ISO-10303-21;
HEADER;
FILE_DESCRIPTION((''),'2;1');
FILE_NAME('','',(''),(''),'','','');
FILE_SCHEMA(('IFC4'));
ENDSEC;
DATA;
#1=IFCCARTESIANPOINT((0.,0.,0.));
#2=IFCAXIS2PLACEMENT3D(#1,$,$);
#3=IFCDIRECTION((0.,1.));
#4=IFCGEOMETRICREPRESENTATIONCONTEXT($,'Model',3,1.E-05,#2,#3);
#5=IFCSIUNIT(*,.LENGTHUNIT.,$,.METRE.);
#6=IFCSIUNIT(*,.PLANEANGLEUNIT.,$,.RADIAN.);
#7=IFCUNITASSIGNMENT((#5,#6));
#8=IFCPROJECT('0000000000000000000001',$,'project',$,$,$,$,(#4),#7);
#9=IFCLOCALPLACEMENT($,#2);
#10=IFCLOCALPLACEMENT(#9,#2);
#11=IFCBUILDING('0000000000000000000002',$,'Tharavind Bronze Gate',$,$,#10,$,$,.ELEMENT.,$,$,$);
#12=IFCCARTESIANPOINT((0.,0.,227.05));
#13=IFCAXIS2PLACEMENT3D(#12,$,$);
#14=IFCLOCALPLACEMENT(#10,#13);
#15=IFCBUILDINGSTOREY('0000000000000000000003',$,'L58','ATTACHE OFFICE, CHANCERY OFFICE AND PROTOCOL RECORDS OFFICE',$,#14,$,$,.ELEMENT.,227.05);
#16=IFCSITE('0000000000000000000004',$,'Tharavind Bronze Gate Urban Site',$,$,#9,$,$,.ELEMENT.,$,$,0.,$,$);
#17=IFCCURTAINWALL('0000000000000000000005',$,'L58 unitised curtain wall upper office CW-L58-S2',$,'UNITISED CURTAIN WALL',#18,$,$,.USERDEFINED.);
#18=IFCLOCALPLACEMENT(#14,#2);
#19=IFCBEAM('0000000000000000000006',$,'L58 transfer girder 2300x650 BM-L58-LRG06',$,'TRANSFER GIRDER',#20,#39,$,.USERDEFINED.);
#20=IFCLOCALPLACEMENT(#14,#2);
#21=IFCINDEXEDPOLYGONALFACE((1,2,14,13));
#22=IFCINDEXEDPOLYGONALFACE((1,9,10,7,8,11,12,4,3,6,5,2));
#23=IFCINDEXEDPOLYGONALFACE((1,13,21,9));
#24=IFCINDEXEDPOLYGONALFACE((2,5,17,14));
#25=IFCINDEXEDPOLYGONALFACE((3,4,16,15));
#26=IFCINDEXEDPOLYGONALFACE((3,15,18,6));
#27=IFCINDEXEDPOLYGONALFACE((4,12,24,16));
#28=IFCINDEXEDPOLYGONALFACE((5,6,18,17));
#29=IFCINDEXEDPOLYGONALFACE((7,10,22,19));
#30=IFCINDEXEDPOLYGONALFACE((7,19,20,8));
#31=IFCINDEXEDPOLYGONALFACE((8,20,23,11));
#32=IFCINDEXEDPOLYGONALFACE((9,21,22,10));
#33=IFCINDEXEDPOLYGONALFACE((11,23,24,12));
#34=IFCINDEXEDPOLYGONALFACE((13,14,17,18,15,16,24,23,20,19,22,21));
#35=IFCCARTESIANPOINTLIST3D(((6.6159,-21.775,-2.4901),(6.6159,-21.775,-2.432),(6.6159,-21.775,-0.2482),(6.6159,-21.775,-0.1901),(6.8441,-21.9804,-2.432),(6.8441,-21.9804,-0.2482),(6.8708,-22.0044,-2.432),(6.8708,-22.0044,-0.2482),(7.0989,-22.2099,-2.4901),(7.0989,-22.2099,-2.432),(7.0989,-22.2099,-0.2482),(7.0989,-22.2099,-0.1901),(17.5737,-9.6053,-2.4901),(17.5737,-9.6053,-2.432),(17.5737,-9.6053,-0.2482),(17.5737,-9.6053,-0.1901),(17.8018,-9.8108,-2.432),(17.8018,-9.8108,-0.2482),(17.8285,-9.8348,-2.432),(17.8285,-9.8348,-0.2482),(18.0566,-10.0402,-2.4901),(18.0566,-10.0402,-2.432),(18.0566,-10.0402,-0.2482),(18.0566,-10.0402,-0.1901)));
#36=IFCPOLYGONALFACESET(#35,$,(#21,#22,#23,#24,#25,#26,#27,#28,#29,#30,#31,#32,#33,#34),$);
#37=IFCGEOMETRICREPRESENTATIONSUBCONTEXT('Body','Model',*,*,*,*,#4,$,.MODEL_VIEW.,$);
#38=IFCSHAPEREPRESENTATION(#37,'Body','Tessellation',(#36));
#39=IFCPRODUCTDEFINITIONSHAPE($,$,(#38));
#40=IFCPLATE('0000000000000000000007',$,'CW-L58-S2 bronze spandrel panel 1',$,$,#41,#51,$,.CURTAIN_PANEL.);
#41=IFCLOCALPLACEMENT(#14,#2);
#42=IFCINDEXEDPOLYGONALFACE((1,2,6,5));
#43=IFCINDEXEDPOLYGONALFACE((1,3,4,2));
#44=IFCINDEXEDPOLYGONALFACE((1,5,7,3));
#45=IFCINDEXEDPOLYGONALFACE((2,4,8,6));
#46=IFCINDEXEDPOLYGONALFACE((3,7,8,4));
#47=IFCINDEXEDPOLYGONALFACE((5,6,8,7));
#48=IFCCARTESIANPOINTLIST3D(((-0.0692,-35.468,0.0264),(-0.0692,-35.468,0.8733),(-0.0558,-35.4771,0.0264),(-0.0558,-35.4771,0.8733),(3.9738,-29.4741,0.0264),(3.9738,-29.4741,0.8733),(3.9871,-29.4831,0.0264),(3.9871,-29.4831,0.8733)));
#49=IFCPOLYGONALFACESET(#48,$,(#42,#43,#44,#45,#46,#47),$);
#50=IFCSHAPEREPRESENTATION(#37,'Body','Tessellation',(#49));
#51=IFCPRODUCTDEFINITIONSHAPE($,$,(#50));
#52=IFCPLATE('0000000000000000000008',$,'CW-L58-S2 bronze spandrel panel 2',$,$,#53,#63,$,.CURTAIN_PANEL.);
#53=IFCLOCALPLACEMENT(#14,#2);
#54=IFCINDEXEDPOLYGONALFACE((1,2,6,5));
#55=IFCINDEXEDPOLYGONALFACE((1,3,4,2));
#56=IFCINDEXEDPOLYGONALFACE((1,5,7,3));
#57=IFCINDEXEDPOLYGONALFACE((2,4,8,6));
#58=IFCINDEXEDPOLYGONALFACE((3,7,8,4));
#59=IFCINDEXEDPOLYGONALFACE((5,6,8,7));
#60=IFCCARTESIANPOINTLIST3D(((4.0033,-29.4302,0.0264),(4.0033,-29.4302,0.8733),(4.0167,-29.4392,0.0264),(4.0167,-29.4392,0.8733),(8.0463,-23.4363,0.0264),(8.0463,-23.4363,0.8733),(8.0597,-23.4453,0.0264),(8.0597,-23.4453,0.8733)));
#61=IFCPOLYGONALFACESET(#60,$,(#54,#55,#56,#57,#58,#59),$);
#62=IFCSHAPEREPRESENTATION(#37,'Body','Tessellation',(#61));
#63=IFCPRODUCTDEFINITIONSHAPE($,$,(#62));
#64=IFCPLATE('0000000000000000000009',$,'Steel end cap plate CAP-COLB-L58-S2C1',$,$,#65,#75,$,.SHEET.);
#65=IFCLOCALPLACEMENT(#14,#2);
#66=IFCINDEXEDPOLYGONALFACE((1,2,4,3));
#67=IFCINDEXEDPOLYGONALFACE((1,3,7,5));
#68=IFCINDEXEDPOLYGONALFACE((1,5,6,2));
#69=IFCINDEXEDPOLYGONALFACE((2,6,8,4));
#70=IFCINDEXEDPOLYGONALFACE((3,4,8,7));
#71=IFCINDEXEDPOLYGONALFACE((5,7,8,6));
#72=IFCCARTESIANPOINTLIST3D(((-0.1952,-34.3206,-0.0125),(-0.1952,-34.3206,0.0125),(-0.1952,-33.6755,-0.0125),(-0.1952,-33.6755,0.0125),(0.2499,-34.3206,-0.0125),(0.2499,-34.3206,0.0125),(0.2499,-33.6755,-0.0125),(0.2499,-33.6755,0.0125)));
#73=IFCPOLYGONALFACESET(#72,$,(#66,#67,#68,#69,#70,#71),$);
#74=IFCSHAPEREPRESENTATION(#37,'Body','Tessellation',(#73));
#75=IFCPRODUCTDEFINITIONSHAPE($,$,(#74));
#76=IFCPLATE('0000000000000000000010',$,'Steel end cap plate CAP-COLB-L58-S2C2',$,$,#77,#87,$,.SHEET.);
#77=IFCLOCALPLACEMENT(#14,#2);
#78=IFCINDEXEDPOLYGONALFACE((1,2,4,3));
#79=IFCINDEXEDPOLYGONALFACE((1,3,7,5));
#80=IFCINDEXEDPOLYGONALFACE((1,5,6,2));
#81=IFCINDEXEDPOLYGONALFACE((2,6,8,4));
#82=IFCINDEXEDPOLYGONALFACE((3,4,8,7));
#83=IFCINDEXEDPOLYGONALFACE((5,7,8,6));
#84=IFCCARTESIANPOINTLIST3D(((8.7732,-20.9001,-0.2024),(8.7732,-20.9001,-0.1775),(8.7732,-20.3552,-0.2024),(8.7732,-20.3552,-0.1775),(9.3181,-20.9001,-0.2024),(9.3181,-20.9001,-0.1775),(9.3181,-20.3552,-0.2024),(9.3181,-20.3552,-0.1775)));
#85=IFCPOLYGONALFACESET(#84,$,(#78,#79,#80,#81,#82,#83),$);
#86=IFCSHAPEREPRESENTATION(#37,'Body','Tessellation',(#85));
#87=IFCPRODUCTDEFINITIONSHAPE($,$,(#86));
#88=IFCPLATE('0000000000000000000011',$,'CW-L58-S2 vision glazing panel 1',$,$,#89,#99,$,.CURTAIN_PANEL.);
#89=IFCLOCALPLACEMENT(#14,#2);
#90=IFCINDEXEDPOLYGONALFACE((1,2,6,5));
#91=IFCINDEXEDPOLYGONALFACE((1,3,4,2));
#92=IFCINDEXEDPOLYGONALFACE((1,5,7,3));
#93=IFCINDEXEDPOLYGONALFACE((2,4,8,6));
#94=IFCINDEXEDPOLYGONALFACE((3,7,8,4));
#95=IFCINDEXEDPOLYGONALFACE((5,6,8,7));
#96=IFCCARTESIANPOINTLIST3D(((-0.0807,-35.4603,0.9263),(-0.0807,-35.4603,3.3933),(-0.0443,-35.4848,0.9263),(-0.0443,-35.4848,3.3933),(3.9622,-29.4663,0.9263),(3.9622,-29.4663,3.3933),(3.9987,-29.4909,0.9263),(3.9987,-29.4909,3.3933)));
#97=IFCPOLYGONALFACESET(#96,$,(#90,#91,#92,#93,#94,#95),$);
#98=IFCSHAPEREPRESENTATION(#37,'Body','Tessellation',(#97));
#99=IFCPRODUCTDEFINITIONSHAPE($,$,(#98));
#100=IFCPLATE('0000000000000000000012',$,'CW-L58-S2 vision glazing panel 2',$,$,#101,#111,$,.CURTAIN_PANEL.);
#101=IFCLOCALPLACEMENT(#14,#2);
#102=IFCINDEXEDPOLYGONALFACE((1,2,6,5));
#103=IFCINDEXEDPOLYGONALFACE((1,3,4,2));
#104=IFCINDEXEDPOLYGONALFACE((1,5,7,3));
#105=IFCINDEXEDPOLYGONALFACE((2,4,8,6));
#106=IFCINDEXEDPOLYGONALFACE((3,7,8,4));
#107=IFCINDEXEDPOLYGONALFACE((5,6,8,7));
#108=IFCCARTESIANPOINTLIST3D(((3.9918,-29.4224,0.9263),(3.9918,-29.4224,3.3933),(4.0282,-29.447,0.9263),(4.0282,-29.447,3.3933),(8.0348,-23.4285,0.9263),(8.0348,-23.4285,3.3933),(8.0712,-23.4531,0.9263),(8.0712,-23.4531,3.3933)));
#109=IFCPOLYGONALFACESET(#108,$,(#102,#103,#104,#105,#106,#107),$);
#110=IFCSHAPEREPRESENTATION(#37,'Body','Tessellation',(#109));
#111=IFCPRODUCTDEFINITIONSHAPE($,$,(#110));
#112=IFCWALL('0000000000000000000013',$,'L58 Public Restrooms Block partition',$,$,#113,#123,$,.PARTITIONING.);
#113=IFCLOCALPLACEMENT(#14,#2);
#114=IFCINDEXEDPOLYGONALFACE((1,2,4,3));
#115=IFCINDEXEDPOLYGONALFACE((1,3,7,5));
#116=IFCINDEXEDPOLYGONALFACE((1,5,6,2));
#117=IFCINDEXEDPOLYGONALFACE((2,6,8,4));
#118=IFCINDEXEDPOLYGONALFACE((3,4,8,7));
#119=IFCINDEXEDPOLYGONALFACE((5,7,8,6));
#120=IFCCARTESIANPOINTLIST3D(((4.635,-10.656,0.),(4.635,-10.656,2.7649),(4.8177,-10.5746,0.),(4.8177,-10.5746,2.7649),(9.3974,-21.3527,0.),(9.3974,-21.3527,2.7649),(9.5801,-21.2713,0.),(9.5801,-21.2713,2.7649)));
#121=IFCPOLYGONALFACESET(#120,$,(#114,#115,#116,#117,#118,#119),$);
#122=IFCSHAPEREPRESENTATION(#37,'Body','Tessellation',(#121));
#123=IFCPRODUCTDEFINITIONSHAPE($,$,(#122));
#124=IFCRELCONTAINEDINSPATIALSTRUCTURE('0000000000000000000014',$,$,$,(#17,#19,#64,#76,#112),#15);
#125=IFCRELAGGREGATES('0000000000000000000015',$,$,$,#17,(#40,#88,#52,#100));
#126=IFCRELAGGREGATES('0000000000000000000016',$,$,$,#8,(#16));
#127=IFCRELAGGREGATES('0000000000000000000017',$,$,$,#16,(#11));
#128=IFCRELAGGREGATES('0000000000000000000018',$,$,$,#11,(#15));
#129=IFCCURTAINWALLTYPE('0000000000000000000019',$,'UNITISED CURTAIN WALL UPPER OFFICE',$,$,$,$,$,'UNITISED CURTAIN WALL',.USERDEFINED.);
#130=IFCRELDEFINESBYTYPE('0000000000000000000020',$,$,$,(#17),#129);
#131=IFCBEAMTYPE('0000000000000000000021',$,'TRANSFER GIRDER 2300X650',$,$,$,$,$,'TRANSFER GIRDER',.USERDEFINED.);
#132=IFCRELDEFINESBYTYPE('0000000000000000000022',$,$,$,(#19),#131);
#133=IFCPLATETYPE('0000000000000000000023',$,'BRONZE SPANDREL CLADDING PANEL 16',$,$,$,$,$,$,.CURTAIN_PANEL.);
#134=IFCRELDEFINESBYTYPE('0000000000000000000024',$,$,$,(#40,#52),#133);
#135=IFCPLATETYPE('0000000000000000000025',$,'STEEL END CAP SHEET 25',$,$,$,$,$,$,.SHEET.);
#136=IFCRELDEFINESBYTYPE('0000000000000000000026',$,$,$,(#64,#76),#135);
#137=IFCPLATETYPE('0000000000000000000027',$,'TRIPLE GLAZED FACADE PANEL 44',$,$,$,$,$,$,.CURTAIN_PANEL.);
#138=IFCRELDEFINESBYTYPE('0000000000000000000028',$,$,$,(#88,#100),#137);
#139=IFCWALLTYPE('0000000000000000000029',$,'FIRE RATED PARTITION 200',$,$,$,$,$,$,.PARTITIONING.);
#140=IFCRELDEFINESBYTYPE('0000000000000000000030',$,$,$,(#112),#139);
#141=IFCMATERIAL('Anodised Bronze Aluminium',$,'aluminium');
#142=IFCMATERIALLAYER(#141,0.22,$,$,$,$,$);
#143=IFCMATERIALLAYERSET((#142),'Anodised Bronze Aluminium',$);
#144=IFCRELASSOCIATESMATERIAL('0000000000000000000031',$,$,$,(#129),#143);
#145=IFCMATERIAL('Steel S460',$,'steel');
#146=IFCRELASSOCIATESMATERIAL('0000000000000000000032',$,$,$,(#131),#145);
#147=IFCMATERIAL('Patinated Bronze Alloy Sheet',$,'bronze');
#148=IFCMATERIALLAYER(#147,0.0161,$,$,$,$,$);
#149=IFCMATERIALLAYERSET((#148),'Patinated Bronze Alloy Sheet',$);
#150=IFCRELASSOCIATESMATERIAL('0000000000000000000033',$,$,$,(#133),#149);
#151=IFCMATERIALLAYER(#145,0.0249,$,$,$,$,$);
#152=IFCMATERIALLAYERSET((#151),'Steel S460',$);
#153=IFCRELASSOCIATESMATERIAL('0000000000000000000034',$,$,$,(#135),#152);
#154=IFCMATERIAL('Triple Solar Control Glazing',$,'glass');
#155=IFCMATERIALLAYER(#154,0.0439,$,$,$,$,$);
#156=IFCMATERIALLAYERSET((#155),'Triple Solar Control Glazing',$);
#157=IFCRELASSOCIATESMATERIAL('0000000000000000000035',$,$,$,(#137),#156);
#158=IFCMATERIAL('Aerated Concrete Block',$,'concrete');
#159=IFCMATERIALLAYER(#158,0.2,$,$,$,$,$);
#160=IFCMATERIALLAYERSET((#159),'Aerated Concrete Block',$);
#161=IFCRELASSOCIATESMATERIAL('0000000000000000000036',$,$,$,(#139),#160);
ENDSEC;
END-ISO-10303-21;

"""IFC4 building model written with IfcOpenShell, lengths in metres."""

from ifc_helpers import new_model, si_unit, direction, frame, frame_2d, origin, origin_2d, place, context, subcontext, project, spatial, rectangle, i_section, extrude, material, layer, layer_set, material_profile, profile_set, type_object, element, aggregate, save


model = new_model("IFC4")

# Units and contexts
model_context = context("Model", 3, precision=1e-05, world=origin(), true_north=direction((0.0, 1.0)))
body_context = subcontext(model_context, "Body", "Model", "MODEL_VIEW")
ifc_project = project(units=[si_unit("LENGTHUNIT", "METRE"), si_unit("PLANEANGLEUNIT", "RADIAN")], contexts=[model_context])

# Site, building, storey
site_placement = place(None, origin())
site = spatial("IfcSite", under=ifc_project, at=site_placement, Name="Tharavind Bronze Gate Urban Site", CompositionType="ELEMENT", RefElevation=0.0)
building_placement = place(site_placement, origin())
building = spatial("IfcBuilding", under=site, at=building_placement, Name="Tharavind Bronze Gate", CompositionType="ELEMENT")
storey_placement = place(building_placement, frame((0.0, 0.0, 227.05)))
storey = spatial("IfcBuildingStorey", under=building, at=storey_placement, Name="L58", Description="ATTACHE OFFICE, CHANCERY OFFICE AND PROTOCOL RECORDS OFFICE", CompositionType="ELEMENT", Elevation=227.05)

# Shared definitions
ifc_material_1 = material(Name="Steel S460", Category="steel")

# Curtain wall
ifc_material_2 = material(Name="Anodised Bronze Aluminium", Category="aluminium")
ifc_layer_1 = layer(ifc_material_2, 0.22)
ifc_layer_set_1 = layer_set([ifc_layer_1], Name="Anodised Bronze Aluminium")
curtain_wall_type = type_object("IfcCurtainWallType", Name="UNITISED CURTAIN WALL UPPER OFFICE", ElementType="UNITISED CURTAIN WALL", PredefinedType="USERDEFINED", material=ifc_layer_set_1)
curtain_wall_placement = place(storey_placement, origin())
curtain_wall = element("IfcCurtainWall", 1, at=curtain_wall_placement, inside=storey, type_object=curtain_wall_type, Name="L58 unitised curtain wall upper office CW-L58-S2", ObjectType="UNITISED CURTAIN WALL", PredefinedType="USERDEFINED")

# Beam
ifc_material_profile_1 = material_profile(ifc_material_1, i_section(OverallWidth=0.6499, OverallDepth=2.3, WebThickness=0.0359, FlangeThickness=0.0581, at=origin_2d()), Name="PG2300X650")
ifc_profile_set_1 = profile_set([ifc_material_profile_1], Name="Steel S460")
beam_type = type_object("IfcBeamType", Name="TRANSFER GIRDER 2300X650", ElementType="TRANSFER GIRDER", PredefinedType="USERDEFINED", material=ifc_profile_set_1)
beam_placement = place(storey_placement, frame((6.8574, -21.9924, -1.3401), z_axis=(0.669135, 0.743141, 0.0), x_axis=(-0.743141, 0.669135, 0.0)))
element("IfcBeam", 2, at=beam_placement, inside=storey, type_object=beam_type, Name="L58 transfer girder 2300x650 BM-L58-LRG06", ObjectType="TRANSFER GIRDER", PredefinedType="USERDEFINED", context=body_context, shape_type="SweptSolid", body=[
    extrude(i_section(OverallWidth=0.6499, OverallDepth=2.3, WebThickness=0.0359, FlangeThickness=0.0581, at=origin_2d()), origin(), (0.0, 0.0, 1.0), 16.376),
])

# Plates
ifc_material_3 = material(Name="Patinated Bronze Alloy Sheet", Category="bronze")
ifc_layer_2 = layer(ifc_material_3, 0.0161)
ifc_layer_set_2 = layer_set([ifc_layer_2], Name="Patinated Bronze Alloy Sheet")
plate_type_1 = type_object("IfcPlateType", Name="BRONZE SPANDREL CLADDING PANEL 16", PredefinedType="CURTAIN_PANEL", material=ifc_layer_set_2)
plate_1_placement = place(storey_placement, frame((1.959, -32.4756, 0.0264), z_axis=(0.0, 0.0, 1.0), x_axis=(0.559193, 0.829038, 0.0)))
plate_1 = element("IfcPlate", 3, at=plate_1_placement, type_object=plate_type_1, Name="CW-L58-S2 bronze spandrel panel 1", PredefinedType="CURTAIN_PANEL", context=body_context, shape_type="SweptSolid", body=[
    extrude(rectangle(XDim=7.23, YDim=0.0161, at=origin_2d()), origin(), (0.0, 0.0, 1.0), 0.8469),
])
plate_2_placement = place(storey_placement, frame((6.0315, -26.4377, 0.0264), z_axis=(0.0, 0.0, 1.0), x_axis=(0.559193, 0.829038, 0.0)))
plate_2 = element("IfcPlate", 4, at=plate_2_placement, type_object=plate_type_1, Name="CW-L58-S2 bronze spandrel panel 2", PredefinedType="CURTAIN_PANEL", context=body_context, shape_type="SweptSolid", body=[
    extrude(rectangle(XDim=7.23, YDim=0.0161, at=origin_2d()), origin(), (0.0, 0.0, 1.0), 0.8469),
])

# Plates
ifc_layer_3 = layer(ifc_material_1, 0.0249)
ifc_layer_set_3 = layer_set([ifc_layer_3], Name="Steel S460")
plate_type_2 = type_object("IfcPlateType", Name="STEEL END CAP SHEET 25", PredefinedType="SHEET", material=ifc_layer_set_3)
plate_3_placement = place(storey_placement, frame((0.0273, -33.998, -0.0125), z_axis=(0.0, 0.0, 1.0), x_axis=(1.0, 0.0, 0.0)))
element("IfcPlate", 5, at=plate_3_placement, inside=storey, type_object=plate_type_2, Name="Steel end cap plate CAP-COLB-L58-S2C1", PredefinedType="SHEET", context=body_context, shape_type="SweptSolid", body=[
    extrude(rectangle(XDim=0.4451, YDim=0.645, at=origin_2d()), origin(), (0.0, 0.0, 1.0), 0.0249),
])
plate_4_placement = place(storey_placement, frame((9.0457, -20.6277, -0.2024), z_axis=(0.0, 0.0, 1.0), x_axis=(1.0, 0.0, 0.0)))
element("IfcPlate", 6, at=plate_4_placement, inside=storey, type_object=plate_type_2, Name="Steel end cap plate CAP-COLB-L58-S2C2", PredefinedType="SHEET", context=body_context, shape_type="SweptSolid", body=[
    extrude(rectangle(XDim=0.5449, YDim=0.5449, at=origin_2d()), origin(), (0.0, 0.0, 1.0), 0.0249),
])

# Plates
ifc_material_4 = material(Name="Triple Solar Control Glazing", Category="glass")
ifc_layer_4 = layer(ifc_material_4, 0.0439)
ifc_layer_set_4 = layer_set([ifc_layer_4], Name="Triple Solar Control Glazing")
plate_type_3 = type_object("IfcPlateType", Name="TRIPLE GLAZED FACADE PANEL 44", PredefinedType="CURTAIN_PANEL", material=ifc_layer_set_4)
plate_5_placement = place(storey_placement, frame((1.959, -32.4756, 0.9263), z_axis=(0.0, 0.0, 1.0), x_axis=(0.559193, 0.829038, 0.0)))
plate_5 = element("IfcPlate", 7, at=plate_5_placement, type_object=plate_type_3, Name="CW-L58-S2 vision glazing panel 1", PredefinedType="CURTAIN_PANEL", context=body_context, shape_type="SweptSolid", body=[
    extrude(rectangle(XDim=7.23, YDim=0.0439, at=origin_2d()), origin(), (0.0, 0.0, 1.0), 2.467),
])
plate_6_placement = place(storey_placement, frame((6.0315, -26.4377, 0.9263), z_axis=(0.0, 0.0, 1.0), x_axis=(0.559193, 0.829038, 0.0)))
plate_6 = element("IfcPlate", 8, at=plate_6_placement, type_object=plate_type_3, Name="CW-L58-S2 vision glazing panel 2", PredefinedType="CURTAIN_PANEL", context=body_context, shape_type="SweptSolid", body=[
    extrude(rectangle(XDim=7.23, YDim=0.0439, at=origin_2d()), origin(), (0.0, 0.0, 1.0), 2.467),
])
aggregate(curtain_wall, [plate_1, plate_5, plate_2, plate_6])

# Wall
ifc_material_5 = material(Name="Aerated Concrete Block", Category="concrete")
ifc_layer_5 = layer(ifc_material_5, 0.2)
ifc_layer_set_5 = layer_set([ifc_layer_5], Name="Aerated Concrete Block")
wall_type = type_object("IfcWallType", Name="FIRE RATED PARTITION 200", PredefinedType="PARTITIONING", material=ifc_layer_set_5)
wall_placement = place(storey_placement, frame((9.4888, -21.312, 0.0), z_axis=(0.0, 0.0, 1.0), x_axis=(-0.406732, 0.913547, 0.0)))
element("IfcWall", 9, at=wall_placement, inside=storey, type_object=wall_type, Name="L58 Public Restrooms Block partition", PredefinedType="PARTITIONING", context=body_context, shape_type="SweptSolid", body=[
    extrude(rectangle(XDim=11.709, YDim=0.2, at=frame_2d((5.8545, 0.0))), origin(), (0.0, 0.0, 1.0), 2.7649),
])

save(model, "model.ifc")
